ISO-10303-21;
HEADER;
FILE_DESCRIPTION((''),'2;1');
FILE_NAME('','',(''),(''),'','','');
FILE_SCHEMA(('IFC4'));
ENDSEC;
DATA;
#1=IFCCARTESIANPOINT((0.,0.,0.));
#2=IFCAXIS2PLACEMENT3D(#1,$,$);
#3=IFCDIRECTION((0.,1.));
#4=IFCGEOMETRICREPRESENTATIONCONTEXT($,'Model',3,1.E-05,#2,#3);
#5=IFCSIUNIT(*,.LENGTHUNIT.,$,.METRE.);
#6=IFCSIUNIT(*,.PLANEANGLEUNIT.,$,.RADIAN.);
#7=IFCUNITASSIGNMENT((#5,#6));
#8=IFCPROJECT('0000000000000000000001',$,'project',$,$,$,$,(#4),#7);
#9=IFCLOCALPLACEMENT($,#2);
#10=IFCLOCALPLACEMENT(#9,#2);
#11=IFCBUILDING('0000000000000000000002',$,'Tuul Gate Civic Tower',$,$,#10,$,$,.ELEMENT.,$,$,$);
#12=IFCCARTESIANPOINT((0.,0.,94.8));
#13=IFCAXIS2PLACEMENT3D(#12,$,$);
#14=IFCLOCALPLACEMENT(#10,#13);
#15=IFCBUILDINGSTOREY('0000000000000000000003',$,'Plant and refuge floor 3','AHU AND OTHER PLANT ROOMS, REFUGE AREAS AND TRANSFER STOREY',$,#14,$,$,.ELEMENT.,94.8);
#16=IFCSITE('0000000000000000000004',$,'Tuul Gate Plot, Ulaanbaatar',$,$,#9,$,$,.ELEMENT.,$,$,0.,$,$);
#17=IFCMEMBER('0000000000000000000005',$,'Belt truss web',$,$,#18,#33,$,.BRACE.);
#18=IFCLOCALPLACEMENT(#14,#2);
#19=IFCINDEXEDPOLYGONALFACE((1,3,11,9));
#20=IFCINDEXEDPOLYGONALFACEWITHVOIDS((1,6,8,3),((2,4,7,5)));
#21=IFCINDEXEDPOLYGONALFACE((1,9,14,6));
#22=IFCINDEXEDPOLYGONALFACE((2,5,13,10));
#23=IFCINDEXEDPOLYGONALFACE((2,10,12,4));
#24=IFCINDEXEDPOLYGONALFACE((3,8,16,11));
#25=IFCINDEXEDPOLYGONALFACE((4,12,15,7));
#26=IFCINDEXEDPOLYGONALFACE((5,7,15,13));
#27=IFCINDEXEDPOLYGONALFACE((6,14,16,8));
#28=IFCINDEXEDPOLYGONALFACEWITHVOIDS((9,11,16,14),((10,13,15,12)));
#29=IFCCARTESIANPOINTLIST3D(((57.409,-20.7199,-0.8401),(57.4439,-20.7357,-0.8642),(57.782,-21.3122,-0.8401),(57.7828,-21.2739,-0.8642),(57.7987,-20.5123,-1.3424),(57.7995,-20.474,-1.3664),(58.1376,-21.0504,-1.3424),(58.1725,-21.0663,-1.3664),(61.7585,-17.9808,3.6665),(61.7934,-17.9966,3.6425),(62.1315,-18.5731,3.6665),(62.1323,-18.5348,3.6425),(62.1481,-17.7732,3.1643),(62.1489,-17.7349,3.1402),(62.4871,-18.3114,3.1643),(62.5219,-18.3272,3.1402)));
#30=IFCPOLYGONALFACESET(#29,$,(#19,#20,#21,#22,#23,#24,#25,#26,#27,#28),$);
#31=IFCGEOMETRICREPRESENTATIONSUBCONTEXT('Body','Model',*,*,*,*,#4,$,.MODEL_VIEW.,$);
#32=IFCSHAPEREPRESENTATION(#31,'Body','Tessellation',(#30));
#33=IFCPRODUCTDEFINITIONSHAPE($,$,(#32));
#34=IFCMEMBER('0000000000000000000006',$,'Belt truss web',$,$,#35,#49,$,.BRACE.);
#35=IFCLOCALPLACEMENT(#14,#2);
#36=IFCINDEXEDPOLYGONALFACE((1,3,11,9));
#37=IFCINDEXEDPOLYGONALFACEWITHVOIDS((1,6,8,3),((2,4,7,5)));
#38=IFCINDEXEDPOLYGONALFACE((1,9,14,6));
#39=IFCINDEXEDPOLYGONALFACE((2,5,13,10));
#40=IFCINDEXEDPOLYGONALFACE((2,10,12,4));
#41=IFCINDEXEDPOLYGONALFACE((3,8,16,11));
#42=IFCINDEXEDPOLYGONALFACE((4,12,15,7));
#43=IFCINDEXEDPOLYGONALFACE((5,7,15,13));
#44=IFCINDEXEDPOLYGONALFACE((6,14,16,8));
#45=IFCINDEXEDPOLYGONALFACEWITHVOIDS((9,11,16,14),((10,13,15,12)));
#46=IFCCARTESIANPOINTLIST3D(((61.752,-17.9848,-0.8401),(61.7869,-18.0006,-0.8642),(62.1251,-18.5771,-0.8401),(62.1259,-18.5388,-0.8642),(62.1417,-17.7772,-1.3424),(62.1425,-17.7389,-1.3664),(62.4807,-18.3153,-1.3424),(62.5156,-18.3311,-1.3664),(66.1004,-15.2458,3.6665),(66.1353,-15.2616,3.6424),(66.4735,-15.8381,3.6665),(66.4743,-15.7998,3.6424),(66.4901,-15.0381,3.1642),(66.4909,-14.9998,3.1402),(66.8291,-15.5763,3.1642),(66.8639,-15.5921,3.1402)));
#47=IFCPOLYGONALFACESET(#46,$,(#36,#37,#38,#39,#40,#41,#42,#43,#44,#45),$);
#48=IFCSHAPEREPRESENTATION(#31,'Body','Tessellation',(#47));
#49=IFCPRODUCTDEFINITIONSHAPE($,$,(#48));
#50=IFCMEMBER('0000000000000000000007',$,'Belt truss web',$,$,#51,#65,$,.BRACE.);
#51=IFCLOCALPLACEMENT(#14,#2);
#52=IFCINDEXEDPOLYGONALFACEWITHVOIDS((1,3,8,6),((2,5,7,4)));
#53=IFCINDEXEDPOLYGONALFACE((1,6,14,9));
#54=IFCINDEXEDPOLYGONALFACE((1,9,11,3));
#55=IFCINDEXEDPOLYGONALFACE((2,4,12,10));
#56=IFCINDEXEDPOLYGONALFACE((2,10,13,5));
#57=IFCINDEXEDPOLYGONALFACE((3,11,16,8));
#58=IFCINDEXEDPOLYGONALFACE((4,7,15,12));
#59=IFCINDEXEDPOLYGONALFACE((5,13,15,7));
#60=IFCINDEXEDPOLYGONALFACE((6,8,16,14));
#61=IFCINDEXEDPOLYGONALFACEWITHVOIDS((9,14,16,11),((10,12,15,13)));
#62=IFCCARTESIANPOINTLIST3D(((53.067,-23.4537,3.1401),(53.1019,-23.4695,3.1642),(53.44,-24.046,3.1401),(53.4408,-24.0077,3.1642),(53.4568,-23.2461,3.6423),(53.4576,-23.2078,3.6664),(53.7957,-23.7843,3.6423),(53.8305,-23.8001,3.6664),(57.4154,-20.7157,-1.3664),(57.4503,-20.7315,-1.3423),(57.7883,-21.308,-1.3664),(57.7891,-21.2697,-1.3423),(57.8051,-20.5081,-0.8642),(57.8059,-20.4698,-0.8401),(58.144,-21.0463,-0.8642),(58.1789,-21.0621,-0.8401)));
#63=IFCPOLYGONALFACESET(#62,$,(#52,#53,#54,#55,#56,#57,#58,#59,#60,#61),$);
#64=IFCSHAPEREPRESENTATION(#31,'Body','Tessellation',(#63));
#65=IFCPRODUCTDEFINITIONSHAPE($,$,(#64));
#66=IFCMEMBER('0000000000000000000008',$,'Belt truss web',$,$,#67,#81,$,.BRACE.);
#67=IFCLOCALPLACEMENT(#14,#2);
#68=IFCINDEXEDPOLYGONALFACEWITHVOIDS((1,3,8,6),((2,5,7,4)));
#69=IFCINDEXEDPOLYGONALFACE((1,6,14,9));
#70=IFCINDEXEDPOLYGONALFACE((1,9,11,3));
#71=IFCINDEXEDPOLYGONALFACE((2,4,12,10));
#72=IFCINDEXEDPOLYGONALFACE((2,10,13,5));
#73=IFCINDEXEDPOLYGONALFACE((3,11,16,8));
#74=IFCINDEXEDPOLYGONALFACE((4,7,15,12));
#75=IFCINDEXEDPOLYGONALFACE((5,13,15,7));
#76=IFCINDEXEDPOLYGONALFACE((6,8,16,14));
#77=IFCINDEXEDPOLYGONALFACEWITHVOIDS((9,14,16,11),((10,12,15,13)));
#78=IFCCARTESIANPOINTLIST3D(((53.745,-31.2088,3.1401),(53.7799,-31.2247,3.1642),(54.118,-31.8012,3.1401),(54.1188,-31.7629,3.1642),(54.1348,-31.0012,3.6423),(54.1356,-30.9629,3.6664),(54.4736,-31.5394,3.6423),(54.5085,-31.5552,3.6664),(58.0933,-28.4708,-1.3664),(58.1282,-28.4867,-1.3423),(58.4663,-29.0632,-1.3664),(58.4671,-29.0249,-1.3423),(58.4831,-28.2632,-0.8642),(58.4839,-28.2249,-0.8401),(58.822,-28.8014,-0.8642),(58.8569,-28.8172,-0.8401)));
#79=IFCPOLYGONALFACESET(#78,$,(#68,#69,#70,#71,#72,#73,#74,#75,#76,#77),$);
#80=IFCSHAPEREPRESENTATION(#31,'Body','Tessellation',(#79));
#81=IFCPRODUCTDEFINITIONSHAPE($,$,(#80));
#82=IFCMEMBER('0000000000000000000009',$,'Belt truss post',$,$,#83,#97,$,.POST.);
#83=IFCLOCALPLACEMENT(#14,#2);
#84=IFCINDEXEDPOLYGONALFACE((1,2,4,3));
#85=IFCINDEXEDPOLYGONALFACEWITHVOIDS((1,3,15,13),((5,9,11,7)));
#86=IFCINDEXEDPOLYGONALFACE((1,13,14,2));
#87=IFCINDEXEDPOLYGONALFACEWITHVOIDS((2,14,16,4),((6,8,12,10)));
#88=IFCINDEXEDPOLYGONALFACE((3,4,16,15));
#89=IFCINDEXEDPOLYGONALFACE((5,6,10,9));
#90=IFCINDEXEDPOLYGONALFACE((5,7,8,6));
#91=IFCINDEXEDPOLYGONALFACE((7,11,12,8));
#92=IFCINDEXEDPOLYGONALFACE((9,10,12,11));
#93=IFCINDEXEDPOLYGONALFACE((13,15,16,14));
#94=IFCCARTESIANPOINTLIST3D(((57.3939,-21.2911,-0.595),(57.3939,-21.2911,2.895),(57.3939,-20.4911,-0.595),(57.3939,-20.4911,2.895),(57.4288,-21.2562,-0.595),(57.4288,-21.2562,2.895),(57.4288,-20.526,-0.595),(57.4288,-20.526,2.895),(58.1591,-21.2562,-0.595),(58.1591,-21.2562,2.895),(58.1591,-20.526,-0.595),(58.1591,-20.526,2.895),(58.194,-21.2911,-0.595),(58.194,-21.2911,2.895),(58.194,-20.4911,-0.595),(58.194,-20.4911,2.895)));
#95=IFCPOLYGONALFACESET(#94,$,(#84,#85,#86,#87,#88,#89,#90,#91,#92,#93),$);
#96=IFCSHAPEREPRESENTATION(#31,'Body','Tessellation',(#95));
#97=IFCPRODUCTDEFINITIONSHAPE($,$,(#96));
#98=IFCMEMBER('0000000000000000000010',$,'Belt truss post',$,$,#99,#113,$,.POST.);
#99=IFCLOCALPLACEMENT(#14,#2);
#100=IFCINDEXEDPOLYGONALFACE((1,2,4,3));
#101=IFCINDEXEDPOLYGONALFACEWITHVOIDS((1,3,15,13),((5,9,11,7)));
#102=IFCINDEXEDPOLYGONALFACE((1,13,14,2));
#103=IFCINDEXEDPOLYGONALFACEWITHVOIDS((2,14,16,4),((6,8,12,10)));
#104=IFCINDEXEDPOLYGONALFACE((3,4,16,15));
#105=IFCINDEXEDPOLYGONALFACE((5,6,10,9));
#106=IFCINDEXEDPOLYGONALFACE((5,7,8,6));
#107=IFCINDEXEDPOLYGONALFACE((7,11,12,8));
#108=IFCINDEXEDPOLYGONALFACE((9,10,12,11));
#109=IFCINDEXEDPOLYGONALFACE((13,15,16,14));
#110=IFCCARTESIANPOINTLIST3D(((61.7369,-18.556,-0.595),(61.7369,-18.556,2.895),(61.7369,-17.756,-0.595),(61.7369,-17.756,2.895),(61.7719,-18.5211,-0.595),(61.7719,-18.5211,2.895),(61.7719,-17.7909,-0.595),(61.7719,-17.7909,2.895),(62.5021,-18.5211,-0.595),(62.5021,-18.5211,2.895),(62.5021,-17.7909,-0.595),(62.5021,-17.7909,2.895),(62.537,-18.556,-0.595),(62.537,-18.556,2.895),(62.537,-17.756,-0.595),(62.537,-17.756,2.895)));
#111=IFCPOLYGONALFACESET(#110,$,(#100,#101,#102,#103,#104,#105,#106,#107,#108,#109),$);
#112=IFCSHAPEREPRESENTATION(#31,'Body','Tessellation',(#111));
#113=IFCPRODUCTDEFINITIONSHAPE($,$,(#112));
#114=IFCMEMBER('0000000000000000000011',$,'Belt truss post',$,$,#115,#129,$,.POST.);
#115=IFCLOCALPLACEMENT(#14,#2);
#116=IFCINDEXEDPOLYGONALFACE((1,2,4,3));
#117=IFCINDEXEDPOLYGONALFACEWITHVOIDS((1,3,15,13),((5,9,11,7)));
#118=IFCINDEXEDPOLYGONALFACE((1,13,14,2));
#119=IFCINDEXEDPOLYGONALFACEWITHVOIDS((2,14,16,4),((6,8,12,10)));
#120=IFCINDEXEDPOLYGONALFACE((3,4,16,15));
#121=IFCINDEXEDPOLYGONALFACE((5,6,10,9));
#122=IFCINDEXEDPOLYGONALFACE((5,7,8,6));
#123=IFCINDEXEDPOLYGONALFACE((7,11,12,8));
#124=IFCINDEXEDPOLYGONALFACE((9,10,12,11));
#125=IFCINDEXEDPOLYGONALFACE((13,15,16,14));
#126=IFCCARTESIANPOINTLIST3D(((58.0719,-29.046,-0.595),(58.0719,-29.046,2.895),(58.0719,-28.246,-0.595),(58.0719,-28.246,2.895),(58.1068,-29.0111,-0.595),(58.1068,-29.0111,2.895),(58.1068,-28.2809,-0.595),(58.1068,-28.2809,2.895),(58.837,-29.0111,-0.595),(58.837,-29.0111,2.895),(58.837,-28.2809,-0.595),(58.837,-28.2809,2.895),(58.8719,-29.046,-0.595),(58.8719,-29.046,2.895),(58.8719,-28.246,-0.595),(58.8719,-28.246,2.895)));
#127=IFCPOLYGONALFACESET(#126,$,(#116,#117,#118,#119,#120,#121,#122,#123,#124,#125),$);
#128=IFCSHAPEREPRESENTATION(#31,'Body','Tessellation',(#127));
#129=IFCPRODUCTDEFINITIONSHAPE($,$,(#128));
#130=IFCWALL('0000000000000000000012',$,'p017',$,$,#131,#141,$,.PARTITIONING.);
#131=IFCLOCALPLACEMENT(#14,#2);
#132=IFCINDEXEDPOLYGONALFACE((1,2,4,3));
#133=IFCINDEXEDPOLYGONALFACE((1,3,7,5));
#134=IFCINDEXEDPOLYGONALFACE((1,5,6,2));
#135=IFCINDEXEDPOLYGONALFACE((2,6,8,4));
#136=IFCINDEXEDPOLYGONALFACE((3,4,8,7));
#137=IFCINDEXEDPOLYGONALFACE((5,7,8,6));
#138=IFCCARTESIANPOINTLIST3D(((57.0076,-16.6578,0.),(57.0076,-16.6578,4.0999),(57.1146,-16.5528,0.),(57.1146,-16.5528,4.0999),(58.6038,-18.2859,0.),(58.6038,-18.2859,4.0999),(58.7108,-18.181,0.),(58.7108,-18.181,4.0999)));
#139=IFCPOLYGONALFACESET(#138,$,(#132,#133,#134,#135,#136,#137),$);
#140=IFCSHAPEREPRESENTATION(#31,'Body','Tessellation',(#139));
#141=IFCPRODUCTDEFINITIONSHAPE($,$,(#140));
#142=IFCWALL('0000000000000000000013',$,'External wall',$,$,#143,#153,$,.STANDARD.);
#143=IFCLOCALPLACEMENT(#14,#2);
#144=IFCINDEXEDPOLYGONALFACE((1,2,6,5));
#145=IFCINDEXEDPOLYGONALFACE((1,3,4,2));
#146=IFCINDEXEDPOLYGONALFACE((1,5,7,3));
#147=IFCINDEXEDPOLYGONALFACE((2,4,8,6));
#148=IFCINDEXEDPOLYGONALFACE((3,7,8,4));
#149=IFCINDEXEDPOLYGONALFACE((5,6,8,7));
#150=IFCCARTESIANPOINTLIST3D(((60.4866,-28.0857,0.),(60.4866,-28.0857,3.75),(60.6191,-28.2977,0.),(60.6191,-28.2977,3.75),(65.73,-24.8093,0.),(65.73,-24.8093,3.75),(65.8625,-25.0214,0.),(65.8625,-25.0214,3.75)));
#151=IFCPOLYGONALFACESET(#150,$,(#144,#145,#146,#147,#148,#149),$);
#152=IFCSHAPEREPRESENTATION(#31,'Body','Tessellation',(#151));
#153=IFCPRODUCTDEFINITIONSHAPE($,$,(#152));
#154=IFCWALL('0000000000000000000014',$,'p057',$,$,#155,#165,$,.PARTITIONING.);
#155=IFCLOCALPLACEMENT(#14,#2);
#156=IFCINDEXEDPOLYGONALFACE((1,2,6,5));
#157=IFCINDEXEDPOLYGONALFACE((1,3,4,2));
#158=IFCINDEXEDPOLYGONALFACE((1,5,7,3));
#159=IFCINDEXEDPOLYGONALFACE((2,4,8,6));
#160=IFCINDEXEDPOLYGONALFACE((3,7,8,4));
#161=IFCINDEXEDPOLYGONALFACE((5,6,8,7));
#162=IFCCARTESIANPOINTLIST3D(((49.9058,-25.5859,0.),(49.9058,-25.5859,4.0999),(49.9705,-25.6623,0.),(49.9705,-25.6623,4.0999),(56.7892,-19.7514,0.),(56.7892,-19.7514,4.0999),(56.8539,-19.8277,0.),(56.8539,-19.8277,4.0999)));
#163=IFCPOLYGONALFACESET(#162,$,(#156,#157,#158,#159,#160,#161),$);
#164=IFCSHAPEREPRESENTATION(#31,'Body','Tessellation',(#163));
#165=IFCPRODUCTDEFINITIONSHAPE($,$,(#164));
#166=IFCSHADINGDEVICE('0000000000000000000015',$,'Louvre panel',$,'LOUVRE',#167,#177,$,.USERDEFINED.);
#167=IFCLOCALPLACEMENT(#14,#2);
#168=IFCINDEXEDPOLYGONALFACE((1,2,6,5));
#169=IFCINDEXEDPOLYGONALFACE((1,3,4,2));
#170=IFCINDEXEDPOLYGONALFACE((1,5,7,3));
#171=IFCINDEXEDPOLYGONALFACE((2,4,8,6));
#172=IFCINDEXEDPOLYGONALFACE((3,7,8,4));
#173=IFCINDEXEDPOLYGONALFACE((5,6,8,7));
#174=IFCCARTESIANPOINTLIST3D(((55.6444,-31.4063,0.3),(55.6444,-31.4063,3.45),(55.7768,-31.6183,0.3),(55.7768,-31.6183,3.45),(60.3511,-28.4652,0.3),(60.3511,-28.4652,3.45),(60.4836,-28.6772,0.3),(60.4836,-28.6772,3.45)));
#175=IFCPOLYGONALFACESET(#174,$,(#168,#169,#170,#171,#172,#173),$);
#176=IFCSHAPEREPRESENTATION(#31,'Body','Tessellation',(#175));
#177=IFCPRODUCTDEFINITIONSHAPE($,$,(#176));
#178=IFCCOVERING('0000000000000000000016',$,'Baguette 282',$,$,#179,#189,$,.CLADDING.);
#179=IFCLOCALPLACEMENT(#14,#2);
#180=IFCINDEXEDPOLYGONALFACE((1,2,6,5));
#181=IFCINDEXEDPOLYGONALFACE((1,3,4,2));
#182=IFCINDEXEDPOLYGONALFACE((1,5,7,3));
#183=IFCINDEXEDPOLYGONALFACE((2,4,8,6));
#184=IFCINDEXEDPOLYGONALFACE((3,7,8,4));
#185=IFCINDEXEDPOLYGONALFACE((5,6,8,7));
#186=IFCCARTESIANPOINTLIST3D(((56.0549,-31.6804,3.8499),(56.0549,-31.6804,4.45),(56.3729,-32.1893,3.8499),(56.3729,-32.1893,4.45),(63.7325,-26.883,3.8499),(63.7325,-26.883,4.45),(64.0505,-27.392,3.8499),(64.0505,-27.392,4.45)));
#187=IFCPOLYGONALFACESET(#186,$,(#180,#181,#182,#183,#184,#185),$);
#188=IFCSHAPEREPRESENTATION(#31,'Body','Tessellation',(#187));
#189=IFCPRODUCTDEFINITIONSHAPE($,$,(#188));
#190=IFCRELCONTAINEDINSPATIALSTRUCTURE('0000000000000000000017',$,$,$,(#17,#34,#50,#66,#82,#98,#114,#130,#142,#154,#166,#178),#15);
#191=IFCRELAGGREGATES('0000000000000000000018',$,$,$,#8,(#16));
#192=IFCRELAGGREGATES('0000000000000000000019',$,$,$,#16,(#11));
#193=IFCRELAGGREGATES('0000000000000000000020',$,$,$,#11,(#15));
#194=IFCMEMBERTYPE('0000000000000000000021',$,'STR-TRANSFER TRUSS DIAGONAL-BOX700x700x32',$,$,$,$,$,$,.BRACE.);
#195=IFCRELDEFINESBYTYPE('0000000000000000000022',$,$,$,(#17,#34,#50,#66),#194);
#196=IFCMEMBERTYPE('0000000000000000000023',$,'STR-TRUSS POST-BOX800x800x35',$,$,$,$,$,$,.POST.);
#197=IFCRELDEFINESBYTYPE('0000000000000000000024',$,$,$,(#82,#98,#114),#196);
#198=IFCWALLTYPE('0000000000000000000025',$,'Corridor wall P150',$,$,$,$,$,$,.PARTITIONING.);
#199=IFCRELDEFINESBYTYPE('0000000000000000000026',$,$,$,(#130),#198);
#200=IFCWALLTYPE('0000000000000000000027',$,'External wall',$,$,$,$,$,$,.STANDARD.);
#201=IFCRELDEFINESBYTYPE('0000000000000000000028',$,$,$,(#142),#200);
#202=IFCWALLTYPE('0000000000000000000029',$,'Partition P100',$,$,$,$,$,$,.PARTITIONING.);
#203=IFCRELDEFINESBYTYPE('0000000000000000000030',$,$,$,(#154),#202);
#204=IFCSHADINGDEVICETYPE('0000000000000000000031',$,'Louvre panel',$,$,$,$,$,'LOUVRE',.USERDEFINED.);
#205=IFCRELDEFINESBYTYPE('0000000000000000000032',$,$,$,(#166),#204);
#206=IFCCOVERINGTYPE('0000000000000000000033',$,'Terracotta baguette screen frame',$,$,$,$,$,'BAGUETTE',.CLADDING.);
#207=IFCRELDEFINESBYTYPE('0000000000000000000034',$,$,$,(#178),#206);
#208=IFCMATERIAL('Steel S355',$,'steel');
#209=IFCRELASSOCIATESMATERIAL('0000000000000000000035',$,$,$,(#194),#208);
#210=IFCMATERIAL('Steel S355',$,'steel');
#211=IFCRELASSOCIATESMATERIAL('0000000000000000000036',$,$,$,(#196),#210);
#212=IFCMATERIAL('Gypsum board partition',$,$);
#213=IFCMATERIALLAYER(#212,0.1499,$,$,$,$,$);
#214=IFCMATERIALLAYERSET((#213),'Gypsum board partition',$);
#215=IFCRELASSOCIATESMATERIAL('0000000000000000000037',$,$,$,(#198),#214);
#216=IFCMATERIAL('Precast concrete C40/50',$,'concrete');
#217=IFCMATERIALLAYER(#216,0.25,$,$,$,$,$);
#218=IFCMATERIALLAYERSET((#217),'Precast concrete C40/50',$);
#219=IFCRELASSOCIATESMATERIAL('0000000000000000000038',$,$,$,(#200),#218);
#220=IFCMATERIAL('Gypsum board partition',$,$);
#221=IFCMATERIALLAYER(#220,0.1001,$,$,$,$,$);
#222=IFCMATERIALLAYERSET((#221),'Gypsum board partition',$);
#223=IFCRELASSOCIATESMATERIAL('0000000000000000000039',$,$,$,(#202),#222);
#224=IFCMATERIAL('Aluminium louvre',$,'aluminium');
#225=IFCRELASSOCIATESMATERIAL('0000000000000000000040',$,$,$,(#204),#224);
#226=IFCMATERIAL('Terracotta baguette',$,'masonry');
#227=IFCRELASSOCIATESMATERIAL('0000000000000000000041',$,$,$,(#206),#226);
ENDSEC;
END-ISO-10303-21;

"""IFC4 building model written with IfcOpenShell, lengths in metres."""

from ifc_helpers import new_model, si_unit, direction, frame, frame_2d, origin, origin_2d, place, context, subcontext, project, spatial, rectangle, hollow_rectangle, extrude, material, layer, layer_set, material_profile, profile_set, type_object, element, save


model = new_model("IFC4")

# Units and contexts
model_context = context("Model", 3, precision=1e-05, world=origin(), true_north=direction((0.0, 1.0)))
body_context = subcontext(model_context, "Body", "Model", "MODEL_VIEW")
ifc_project = project(units=[si_unit("LENGTHUNIT", "METRE"), si_unit("PLANEANGLEUNIT", "RADIAN")], contexts=[model_context])

# Site, building, storey
site_placement = place(None, origin())
site = spatial("IfcSite", under=ifc_project, at=site_placement, Name="Tuul Gate Plot, Ulaanbaatar", CompositionType="ELEMENT", RefElevation=0.0)
building_placement = place(site_placement, origin())
building = spatial("IfcBuilding", under=site, at=building_placement, Name="Tuul Gate Civic Tower", CompositionType="ELEMENT")
storey_placement = place(building_placement, frame((0.0, 0.0, 94.8)))
storey = spatial("IfcBuildingStorey", under=building, at=storey_placement, Name="Plant and refuge floor 3", Description="AHU AND OTHER PLANT ROOMS, REFUGE AREAS AND TRANSFER STOREY", CompositionType="ELEMENT", Elevation=94.8)

# Members
ifc_material_1 = material(Name="Steel S355", Category="steel")
ifc_material_profile_1 = material_profile(ifc_material_1, hollow_rectangle(XDim=0.7, YDim=0.7, WallThickness=0.032, at=origin_2d()), Name="BOX700x700x32")
ifc_profile_set_1 = profile_set([ifc_material_profile_1], Name="Steel S355")
member_type_1 = type_object("IfcMemberType", Name="STR-TRANSFER TRUSS DIAGONAL-BOX700x700x32", PredefinedType="BRACE", material=ifc_profile_set_1)
member_1_placement = place(storey_placement, frame((57.7908, -20.8931, -1.1033), z_axis=(0.63626, 0.400685, 0.659261), x_axis=(-0.532886, 0.846187, 0.0)))
element("IfcMember", 1, at=member_1_placement, inside=storey, type_object=member_type_1, Name="Belt truss web", PredefinedType="BRACE", context=body_context, shape_type="SweptSolid", body=[
    extrude(hollow_rectangle(XDim=0.7, YDim=0.7, WallThickness=0.032, at=origin_2d()), origin(), (0.0, 0.0, 1.0), 6.8359),
])
member_2_placement = place(storey_placement, frame((62.1338, -18.158, -1.1033), z_axis=(0.636175, 0.400721, 0.65932), x_axis=(-0.532972, 0.846133, 0.0)))
element("IfcMember", 2, at=member_2_placement, inside=storey, type_object=member_type_1, Name="Belt truss web", PredefinedType="BRACE", context=body_context, shape_type="SweptSolid", body=[
    extrude(hollow_rectangle(XDim=0.7, YDim=0.7, WallThickness=0.032, at=origin_2d()), origin(), (0.0, 0.0, 1.0), 6.8352),
])
for number, where, z_axis, x_axis, name in (
    (3, (57.7971, -20.8889, -1.1033), (-0.636212, -0.400601, 0.659358), (0.532836, -0.846219, 0.0), "Belt truss web"),
    (4, (58.4751, -28.644, -1.1033), (-0.636212, -0.400601, 0.659358), (0.532836, -0.846219, 0.0), "Belt truss web"),
):
    element("IfcMember", number, at=place(storey_placement, frame(where, z_axis=z_axis, x_axis=x_axis)), inside=storey, type_object=member_type_1, Name=name, PredefinedType="BRACE", context=body_context, shape_type="SweptSolid", body=[
        extrude(hollow_rectangle(XDim=0.7, YDim=0.7, WallThickness=0.032, at=origin_2d()), origin(), (0.0, 0.0, 1.0), 6.8347),
    ])
ifc_material_2 = material(Name="Steel S355", Category="steel")
ifc_material_profile_2 = material_profile(ifc_material_2, hollow_rectangle(XDim=0.8, YDim=0.8, WallThickness=0.0349, at=origin_2d()), Name="BOX800x800x35")
ifc_profile_set_2 = profile_set([ifc_material_profile_2], Name="Steel S355")
member_type_2 = type_object("IfcMemberType", Name="STR-TRUSS POST-BOX800x800x35", PredefinedType="POST", material=ifc_profile_set_2)
for number, where, z_axis, x_axis, name in (
    (5, (57.7939, -20.8911, -0.595), (0.0, 0.0, 1.0), (1.0, 0.0, 0.0), "Belt truss post"),
    (6, (62.137, -18.156, -0.595), (0.0, 0.0, 1.0), (1.0, 0.0, 0.0), "Belt truss post"),
    (7, (58.4719, -28.646, -0.595), (0.0, 0.0, 1.0), (1.0, 0.0, 0.0), "Belt truss post"),
):
    element("IfcMember", number, at=place(storey_placement, frame(where, z_axis=z_axis, x_axis=x_axis)), inside=storey, type_object=member_type_2, Name=name, PredefinedType="POST", context=body_context, shape_type="SweptSolid", body=[
        extrude(hollow_rectangle(XDim=0.8, YDim=0.8, WallThickness=0.0349, at=origin_2d()), origin(), (0.0, 0.0, 1.0), 3.49),
    ])

# Walls
ifc_material_3 = material(Name="Gypsum board partition")
ifc_layer_1 = layer(ifc_material_3, 0.1499)
ifc_layer_set_1 = layer_set([ifc_layer_1], Name="Gypsum board partition")
wall_type_1 = type_object("IfcWallType", Name="Corridor wall P150", PredefinedType="PARTITIONING", material=ifc_layer_set_1)
wall_1_placement = place(storey_placement, frame((57.061, -16.6052, 0.0), z_axis=(0.0, 0.0, 1.0), x_axis=(0.700059, -0.714085, 0.0)))
element("IfcWall", 8, at=wall_1_placement, inside=storey, type_object=wall_type_1, Name="p017", PredefinedType="PARTITIONING", context=body_context, shape_type="SweptSolid", body=[
    extrude(rectangle(XDim=2.28, YDim=0.1499, at=frame_2d((1.1401, 0.0))), origin(), (0.0, 0.0, 1.0), 4.0999),
])
ifc_material_4 = material(Name="Precast concrete C40/50", Category="concrete")
ifc_layer_2 = layer(ifc_material_4, 0.25)
ifc_layer_set_2 = layer_set([ifc_layer_2], Name="Precast concrete C40/50")
wall_type_2 = type_object("IfcWallType", Name="External wall", PredefinedType="STANDARD", material=ifc_layer_set_2)
wall_2_placement = place(storey_placement, frame((60.553, -28.1917, 0.0), z_axis=(0.0, 0.0, 1.0), x_axis=(0.848054, 0.52991, 0.0)))
element("IfcWall", 9, at=wall_2_placement, inside=storey, type_object=wall_type_2, Name="External wall", PredefinedType="STANDARD", context=body_context, shape_type="SweptSolid", body=[
    extrude(rectangle(XDim=6.1829, YDim=0.25, at=frame_2d((3.0913, 0.0))), origin(), (0.0, 0.0, 1.0), 3.75),
])
ifc_material_5 = material(Name="Gypsum board partition")
ifc_layer_3 = layer(ifc_material_5, 0.1001)
ifc_layer_set_3 = layer_set([ifc_layer_3], Name="Gypsum board partition")
wall_type_3 = type_object("IfcWallType", Name="Partition P100", PredefinedType="PARTITIONING", material=ifc_layer_set_3)
wall_3_placement = place(storey_placement, frame((56.8215, -19.7896, 0.0), z_axis=(0.0, 0.0, 1.0), x_axis=(-0.762832, -0.646597, 0.0)))
element("IfcWall", 10, at=wall_3_placement, inside=storey, type_object=wall_type_3, Name="p057", PredefinedType="PARTITIONING", context=body_context, shape_type="SweptSolid", body=[
    extrude(rectangle(XDim=9.0234, YDim=0.1001, at=frame_2d((4.5117, 0.0))), origin(), (0.0, 0.0, 1.0), 4.0999),
])

# Shading device
ifc_material_6 = material(Name="Aluminium louvre", Category="aluminium")
shading_device_type = type_object("IfcShadingDeviceType", Name="Louvre panel", ElementType="LOUVRE", PredefinedType="USERDEFINED", material=ifc_material_6)
shading_device_placement = place(storey_placement, frame((58.064, -30.0417, 0.3), z_axis=(0.0, 0.0, 1.0), x_axis=(0.529912, -0.848053, 0.0)))
element("IfcShadingDevice", 11, at=shading_device_placement, inside=storey, type_object=shading_device_type, Name="Louvre panel", ObjectType="LOUVRE", PredefinedType="USERDEFINED", context=body_context, shape_type="SweptSolid", body=[
    extrude(rectangle(XDim=0.25, YDim=5.55, at=origin_2d()), origin(), (0.0, 0.0, 1.0), 3.1499),
])

# Covering
ifc_material_7 = material(Name="Terracotta baguette", Category="masonry")
ifc_material_profile_3 = material_profile(ifc_material_7, rectangle(XDim=0.6001, YDim=0.6001, at=origin_2d()), Name="Terracotta baguette screen frame")
ifc_profile_set_3 = profile_set([ifc_material_profile_3], Name="Terracotta baguette")
covering_type = type_object("IfcCoveringType", Name="Terracotta baguette screen frame", ElementType="BAGUETTE", PredefinedType="CLADDING", material=ifc_profile_set_3)
covering_placement = place(storey_placement, frame((56.2139, -31.9348, 4.1499), z_axis=(0.848059, 0.529902, 0.0), x_axis=(-0.529902, 0.848059, 0.0)))
element("IfcCovering", 12, at=covering_placement, inside=storey, type_object=covering_type, Name="Baguette 282", PredefinedType="CLADDING", context=body_context, shape_type="SweptSolid", body=[
    extrude(rectangle(XDim=0.6001, YDim=0.6001, at=origin_2d()), origin(), (0.0, 0.0, 1.0), 9.0532),
])

save(model, "model.ifc")
